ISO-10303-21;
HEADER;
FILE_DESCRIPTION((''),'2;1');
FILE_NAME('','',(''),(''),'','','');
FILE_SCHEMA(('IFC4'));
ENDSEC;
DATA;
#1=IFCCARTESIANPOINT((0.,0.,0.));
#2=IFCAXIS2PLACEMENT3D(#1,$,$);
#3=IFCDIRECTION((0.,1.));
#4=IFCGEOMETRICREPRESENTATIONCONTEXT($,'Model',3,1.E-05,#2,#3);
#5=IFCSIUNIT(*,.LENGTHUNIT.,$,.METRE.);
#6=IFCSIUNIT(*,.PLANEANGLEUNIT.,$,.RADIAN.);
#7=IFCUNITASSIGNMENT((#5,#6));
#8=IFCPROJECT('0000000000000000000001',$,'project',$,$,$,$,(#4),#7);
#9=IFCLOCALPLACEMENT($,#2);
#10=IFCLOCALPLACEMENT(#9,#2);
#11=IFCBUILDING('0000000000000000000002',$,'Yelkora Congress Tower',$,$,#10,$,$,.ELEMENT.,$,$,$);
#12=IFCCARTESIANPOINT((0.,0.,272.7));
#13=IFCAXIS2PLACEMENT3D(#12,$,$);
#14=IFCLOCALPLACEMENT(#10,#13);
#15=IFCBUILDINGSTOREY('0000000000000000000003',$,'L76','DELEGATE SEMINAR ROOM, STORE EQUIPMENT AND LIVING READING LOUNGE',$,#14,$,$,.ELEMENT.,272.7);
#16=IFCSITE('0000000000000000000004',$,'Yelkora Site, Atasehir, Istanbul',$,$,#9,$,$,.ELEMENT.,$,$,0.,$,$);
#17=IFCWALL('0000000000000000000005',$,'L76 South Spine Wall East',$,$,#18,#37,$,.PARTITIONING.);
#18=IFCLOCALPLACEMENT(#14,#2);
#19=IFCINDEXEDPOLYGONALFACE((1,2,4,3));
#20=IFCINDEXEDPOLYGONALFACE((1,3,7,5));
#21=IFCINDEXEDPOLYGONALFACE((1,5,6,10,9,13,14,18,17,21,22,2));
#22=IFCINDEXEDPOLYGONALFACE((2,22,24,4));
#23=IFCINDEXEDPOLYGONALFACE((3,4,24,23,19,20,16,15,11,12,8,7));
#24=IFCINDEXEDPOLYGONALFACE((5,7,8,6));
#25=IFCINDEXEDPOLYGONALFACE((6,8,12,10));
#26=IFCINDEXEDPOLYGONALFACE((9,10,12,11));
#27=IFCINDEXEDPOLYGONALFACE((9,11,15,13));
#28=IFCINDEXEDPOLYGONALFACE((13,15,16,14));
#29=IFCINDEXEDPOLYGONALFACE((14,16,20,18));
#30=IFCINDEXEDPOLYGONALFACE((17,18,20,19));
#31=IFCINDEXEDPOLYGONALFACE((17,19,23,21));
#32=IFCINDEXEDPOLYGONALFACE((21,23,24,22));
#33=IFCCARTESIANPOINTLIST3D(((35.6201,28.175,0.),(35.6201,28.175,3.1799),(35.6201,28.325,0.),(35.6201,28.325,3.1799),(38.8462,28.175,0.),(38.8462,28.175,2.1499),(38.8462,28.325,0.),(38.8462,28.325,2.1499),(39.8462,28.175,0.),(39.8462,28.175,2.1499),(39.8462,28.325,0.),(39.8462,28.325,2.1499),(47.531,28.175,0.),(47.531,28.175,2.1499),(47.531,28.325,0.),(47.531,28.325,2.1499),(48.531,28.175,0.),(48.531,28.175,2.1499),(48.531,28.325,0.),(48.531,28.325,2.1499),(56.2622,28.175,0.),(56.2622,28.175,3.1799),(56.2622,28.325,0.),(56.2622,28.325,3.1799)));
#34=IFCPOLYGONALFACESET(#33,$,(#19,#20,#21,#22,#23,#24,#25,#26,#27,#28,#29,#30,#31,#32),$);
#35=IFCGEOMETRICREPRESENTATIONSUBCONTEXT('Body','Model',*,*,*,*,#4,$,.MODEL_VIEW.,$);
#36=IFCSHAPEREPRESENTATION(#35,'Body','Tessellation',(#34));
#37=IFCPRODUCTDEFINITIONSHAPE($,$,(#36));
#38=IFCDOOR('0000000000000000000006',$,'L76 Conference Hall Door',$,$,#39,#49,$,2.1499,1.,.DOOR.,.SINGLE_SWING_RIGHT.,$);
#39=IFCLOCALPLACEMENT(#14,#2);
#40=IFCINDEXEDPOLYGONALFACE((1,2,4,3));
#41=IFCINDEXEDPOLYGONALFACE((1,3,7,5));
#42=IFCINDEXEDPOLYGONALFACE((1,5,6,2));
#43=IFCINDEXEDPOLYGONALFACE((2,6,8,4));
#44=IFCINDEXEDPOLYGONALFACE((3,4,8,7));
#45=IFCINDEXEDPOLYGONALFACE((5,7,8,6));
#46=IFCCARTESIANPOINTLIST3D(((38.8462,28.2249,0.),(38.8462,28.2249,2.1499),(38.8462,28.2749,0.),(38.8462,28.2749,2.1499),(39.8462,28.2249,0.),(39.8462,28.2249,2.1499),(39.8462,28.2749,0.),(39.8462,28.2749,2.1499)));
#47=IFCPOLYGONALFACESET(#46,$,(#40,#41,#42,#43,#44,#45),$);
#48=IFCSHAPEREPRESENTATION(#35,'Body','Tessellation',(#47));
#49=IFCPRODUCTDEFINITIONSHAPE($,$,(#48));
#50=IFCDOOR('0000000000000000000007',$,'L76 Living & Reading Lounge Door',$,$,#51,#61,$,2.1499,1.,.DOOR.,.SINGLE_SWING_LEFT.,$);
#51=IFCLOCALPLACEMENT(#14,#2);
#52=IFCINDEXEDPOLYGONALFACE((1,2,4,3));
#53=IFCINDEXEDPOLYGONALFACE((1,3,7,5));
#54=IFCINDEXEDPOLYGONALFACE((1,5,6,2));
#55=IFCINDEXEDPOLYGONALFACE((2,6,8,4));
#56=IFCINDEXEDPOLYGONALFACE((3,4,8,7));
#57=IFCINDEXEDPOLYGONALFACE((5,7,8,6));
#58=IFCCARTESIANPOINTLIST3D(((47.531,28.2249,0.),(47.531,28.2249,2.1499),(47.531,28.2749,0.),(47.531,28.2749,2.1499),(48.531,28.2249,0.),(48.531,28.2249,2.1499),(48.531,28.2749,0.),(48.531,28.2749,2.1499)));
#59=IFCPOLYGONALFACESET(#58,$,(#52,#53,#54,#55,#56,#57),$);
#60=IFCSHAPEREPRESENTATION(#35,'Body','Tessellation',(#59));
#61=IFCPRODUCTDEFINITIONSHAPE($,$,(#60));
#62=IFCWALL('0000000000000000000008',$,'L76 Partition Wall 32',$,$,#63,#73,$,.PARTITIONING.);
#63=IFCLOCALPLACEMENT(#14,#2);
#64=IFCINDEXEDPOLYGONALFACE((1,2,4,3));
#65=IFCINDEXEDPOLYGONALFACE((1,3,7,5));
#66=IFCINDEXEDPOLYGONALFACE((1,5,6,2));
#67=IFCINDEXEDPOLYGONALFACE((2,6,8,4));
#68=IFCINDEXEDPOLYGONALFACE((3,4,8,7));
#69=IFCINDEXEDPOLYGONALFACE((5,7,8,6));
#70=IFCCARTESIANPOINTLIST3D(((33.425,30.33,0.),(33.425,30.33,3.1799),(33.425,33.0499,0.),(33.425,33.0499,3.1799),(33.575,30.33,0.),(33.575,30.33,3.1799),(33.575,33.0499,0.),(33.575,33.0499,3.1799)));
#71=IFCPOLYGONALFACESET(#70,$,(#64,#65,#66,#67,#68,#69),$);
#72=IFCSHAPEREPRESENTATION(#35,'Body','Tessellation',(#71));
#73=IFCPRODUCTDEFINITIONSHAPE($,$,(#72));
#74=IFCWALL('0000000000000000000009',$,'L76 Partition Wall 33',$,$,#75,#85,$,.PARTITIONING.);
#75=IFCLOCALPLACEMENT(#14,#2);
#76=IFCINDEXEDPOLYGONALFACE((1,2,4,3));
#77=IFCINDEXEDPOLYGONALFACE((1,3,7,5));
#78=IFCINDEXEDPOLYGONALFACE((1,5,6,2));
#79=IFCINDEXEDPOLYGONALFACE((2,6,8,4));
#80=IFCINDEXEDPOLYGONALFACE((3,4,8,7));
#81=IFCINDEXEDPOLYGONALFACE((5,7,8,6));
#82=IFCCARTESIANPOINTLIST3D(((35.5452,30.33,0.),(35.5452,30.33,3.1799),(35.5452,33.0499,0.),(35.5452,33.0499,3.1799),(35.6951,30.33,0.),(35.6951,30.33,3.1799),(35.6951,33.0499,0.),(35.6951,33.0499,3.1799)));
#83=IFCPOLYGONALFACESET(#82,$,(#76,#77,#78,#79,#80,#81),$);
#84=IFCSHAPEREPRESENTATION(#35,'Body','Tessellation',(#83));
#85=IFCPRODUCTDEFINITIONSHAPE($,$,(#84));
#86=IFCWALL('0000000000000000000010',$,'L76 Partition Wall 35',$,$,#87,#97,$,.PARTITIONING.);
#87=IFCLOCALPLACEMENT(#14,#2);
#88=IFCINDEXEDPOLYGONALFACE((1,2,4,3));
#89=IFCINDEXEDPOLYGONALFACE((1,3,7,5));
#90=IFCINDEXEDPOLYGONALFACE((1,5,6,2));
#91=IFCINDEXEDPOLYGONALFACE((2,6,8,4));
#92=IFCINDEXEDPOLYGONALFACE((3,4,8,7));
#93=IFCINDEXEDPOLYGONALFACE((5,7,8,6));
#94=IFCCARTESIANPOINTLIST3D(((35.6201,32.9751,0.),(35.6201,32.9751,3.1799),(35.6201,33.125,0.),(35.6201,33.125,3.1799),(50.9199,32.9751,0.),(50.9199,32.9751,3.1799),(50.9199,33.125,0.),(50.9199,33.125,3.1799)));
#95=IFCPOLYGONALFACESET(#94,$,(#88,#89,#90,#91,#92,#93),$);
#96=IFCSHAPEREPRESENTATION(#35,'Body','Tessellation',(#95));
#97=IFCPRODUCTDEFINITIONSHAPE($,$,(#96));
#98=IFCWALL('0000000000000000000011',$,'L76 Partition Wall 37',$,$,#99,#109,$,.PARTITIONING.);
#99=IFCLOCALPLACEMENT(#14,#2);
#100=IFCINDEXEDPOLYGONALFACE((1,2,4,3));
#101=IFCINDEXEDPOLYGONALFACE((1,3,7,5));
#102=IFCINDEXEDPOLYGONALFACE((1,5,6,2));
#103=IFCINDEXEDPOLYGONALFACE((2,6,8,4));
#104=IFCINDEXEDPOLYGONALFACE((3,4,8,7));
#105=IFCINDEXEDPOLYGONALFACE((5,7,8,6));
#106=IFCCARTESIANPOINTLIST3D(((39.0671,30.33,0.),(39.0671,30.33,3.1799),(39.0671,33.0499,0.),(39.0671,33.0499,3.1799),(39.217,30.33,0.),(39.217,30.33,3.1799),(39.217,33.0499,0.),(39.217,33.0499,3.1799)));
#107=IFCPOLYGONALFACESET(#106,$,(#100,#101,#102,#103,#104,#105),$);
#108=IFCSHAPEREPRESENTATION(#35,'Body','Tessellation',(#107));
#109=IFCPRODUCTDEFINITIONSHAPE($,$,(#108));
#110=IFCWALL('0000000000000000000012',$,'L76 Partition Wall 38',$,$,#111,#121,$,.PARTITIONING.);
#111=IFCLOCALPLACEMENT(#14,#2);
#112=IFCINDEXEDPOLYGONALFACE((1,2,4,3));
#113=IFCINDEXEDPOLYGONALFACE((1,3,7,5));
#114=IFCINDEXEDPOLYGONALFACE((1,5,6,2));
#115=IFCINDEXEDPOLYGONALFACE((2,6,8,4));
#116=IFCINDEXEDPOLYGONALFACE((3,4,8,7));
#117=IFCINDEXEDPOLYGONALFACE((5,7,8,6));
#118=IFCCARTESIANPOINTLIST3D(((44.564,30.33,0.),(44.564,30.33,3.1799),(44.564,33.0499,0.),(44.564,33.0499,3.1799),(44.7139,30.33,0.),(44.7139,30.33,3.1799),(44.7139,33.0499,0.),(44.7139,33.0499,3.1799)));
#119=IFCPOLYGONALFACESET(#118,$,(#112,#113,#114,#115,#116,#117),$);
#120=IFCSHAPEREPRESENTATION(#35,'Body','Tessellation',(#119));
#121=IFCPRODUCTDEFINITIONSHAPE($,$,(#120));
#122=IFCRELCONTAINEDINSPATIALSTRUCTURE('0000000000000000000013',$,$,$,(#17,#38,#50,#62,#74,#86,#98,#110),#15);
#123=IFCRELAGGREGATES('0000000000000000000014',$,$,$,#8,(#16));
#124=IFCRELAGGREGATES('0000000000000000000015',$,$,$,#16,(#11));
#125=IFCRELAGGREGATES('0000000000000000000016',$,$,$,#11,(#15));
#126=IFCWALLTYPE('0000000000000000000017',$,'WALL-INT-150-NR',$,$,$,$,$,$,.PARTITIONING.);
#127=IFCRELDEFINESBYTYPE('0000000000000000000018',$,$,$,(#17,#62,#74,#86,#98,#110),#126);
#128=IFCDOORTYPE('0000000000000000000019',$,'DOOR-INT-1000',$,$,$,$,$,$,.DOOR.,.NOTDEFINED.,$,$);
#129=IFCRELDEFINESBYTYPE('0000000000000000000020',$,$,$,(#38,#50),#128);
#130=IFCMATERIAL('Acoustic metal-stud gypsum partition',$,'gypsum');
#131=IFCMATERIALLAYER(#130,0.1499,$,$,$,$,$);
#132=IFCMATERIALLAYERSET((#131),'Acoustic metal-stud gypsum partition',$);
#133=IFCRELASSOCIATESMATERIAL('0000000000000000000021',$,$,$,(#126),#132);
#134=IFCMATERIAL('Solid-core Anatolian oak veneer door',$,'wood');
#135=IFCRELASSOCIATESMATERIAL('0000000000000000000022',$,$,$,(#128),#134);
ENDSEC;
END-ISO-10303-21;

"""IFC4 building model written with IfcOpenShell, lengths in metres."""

from ifc_helpers import new_model, si_unit, direction, frame, frame_2d, origin, place, context, subcontext, project, spatial, rectangle, extrude, material, layer, layer_set, type_object, element, fill, save


model = new_model("IFC4")

# Units and contexts
model_context = context("Model", 3, precision=1e-05, world=origin(), true_north=direction((0.0, 1.0)))
body_context = subcontext(model_context, "Body", "Model", "MODEL_VIEW")
ifc_project = project(units=[si_unit("LENGTHUNIT", "METRE"), si_unit("PLANEANGLEUNIT", "RADIAN")], contexts=[model_context])

# Site, building, storey
site_placement = place(None, origin())
site = spatial("IfcSite", under=ifc_project, at=site_placement, Name="Yelkora Site, Atasehir, Istanbul", CompositionType="ELEMENT", RefElevation=0.0)
building_placement = place(site_placement, origin())
building = spatial("IfcBuilding", under=site, at=building_placement, Name="Yelkora Congress Tower", CompositionType="ELEMENT")
storey_placement = place(building_placement, frame((0.0, 0.0, 272.7)))
storey = spatial("IfcBuildingStorey", under=building, at=storey_placement, Name="L76", Description="DELEGATE SEMINAR ROOM, STORE EQUIPMENT AND LIVING READING LOUNGE", CompositionType="ELEMENT", Elevation=272.7)

# Wall, openings, doors
ifc_material_1 = material(Name="Acoustic metal-stud gypsum partition", Category="gypsum")
ifc_layer_1 = layer(ifc_material_1, 0.1499)
ifc_layer_set_1 = layer_set([ifc_layer_1], Name="Acoustic metal-stud gypsum partition")
wall_type_1 = type_object("IfcWallType", Name="WALL-INT-150-NR", PredefinedType="PARTITIONING", material=ifc_layer_set_1)
wall_1_placement = place(storey_placement, frame((35.6201, 28.25, 0.0), z_axis=(0.0, 0.0, 1.0), x_axis=(1.0, 0.0, 0.0)))
wall_1 = element("IfcWall", 1, at=wall_1_placement, inside=storey, type_object=wall_type_1, Name="L76 South Spine Wall East", PredefinedType="PARTITIONING", context=body_context, shape_type="SweptSolid", body=[
    extrude(rectangle(XDim=20.6421, YDim=0.1499, at=frame_2d((10.321, 0.0))), origin(), (0.0, 0.0, 1.0), 3.1799),
])
opening_1_placement = place(wall_1_placement, frame((3.2261, 0.0, 0.0)))
opening_1 = element("IfcOpeningElement", 2, at=opening_1_placement, cuts=wall_1, PredefinedType="OPENING", context=body_context, shape_type="SweptSolid", body=[
    extrude(rectangle(XDim=1.0, YDim=2.1499, at=frame_2d((0.5, 1.075))), frame((0.0, 0.085, 0.0), z_axis=(0.0, -1.0, 0.0), x_axis=(1.0, 0.0, 0.0)), (0.0, 0.0, 1.0), 0.1699),
])
opening_2_placement = place(wall_1_placement, frame((11.9109, 0.0, 0.0)))
opening_2 = element("IfcOpeningElement", 3, at=opening_2_placement, cuts=wall_1, PredefinedType="OPENING", context=body_context, shape_type="SweptSolid", body=[
    extrude(rectangle(XDim=1.0, YDim=2.1499, at=frame_2d((0.5, 1.075))), frame((0.0, 0.085, 0.0), z_axis=(0.0, -1.0, 0.0), x_axis=(1.0, 0.0, 0.0)), (0.0, 0.0, 1.0), 0.1699),
])
ifc_material_2 = material(Name="Solid-core Anatolian oak veneer door", Category="wood")
door_type_1 = type_object("IfcDoorType", Name="DOOR-INT-1000", OperationType="NOTDEFINED", PredefinedType="DOOR", material=ifc_material_2)
door_1_placement = place(opening_1_placement, origin())
door_1 = element("IfcDoor", 4, at=door_1_placement, inside=storey, type_object=door_type_1, Name="L76 Conference Hall Door", OperationType="SINGLE_SWING_RIGHT", OverallHeight=2.1499, OverallWidth=1.0, PredefinedType="DOOR", context=body_context, shape_type="SweptSolid", body=[
    extrude(rectangle(XDim=1.0, YDim=2.1499, at=frame_2d((0.5, 1.075))), frame((0.0, 0.0249, 0.0), z_axis=(0.0, -1.0, 0.0), x_axis=(1.0, 0.0, 0.0)), (0.0, 0.0, 1.0), 0.05),
])
fill(opening_1, door_1)
door_2_placement = place(opening_2_placement, origin())
door_2 = element("IfcDoor", 5, at=door_2_placement, inside=storey, type_object=door_type_1, Name="L76 Living & Reading Lounge Door", OperationType="SINGLE_SWING_LEFT", OverallHeight=2.1499, OverallWidth=1.0, PredefinedType="DOOR", context=body_context, shape_type="SweptSolid", body=[
    extrude(rectangle(XDim=1.0, YDim=2.1499, at=frame_2d((0.5, 1.075))), frame((0.0, 0.0249, 0.0), z_axis=(0.0, -1.0, 0.0), x_axis=(1.0, 0.0, 0.0)), (0.0, 0.0, 1.0), 0.05),
])
fill(opening_2, door_2)

# Walls
for number, where, z_axis, x_axis, name in (
    (6, (33.5, 30.3301, 0.0), (0.0, 0.0, 1.0), (0.0, 1.0, 0.0), "L76 Partition Wall 32"),
    (7, (35.6201, 30.3301, 0.0), (0.0, 0.0, 1.0), (0.0, 1.0, 0.0), "L76 Partition Wall 33"),
):
    element("IfcWall", number, at=place(storey_placement, frame(where, z_axis=z_axis, x_axis=x_axis)), inside=storey, type_object=wall_type_1, Name=name, PredefinedType="PARTITIONING", context=body_context, shape_type="SweptSolid", body=[
        extrude(rectangle(XDim=2.72, YDim=0.1499, at=frame_2d((1.3599, 0.0))), origin(), (0.0, 0.0, 1.0), 3.1799),
    ])
wall_2_placement = place(storey_placement, frame((35.6201, 33.05, 0.0), z_axis=(0.0, 0.0, 1.0), x_axis=(1.0, 0.0, 0.0)))
element("IfcWall", 8, at=wall_2_placement, inside=storey, type_object=wall_type_1, Name="L76 Partition Wall 35", PredefinedType="PARTITIONING", context=body_context, shape_type="SweptSolid", body=[
    extrude(rectangle(XDim=15.2998, YDim=0.1499, at=frame_2d((7.6499, 0.0))), origin(), (0.0, 0.0, 1.0), 3.1799),
])
for number, where, z_axis, x_axis, name in (
    (9, (39.1421, 30.3301, 0.0), (0.0, 0.0, 1.0), (0.0, 1.0, 0.0), "L76 Partition Wall 37"),
    (10, (44.6389, 30.3301, 0.0), (0.0, 0.0, 1.0), (0.0, 1.0, 0.0), "L76 Partition Wall 38"),
):
    element("IfcWall", number, at=place(storey_placement, frame(where, z_axis=z_axis, x_axis=x_axis)), inside=storey, type_object=wall_type_1, Name=name, PredefinedType="PARTITIONING", context=body_context, shape_type="SweptSolid", body=[
        extrude(rectangle(XDim=2.72, YDim=0.1499, at=frame_2d((1.3599, 0.0))), origin(), (0.0, 0.0, 1.0), 3.1799),
    ])

save(model, "model.ifc")
